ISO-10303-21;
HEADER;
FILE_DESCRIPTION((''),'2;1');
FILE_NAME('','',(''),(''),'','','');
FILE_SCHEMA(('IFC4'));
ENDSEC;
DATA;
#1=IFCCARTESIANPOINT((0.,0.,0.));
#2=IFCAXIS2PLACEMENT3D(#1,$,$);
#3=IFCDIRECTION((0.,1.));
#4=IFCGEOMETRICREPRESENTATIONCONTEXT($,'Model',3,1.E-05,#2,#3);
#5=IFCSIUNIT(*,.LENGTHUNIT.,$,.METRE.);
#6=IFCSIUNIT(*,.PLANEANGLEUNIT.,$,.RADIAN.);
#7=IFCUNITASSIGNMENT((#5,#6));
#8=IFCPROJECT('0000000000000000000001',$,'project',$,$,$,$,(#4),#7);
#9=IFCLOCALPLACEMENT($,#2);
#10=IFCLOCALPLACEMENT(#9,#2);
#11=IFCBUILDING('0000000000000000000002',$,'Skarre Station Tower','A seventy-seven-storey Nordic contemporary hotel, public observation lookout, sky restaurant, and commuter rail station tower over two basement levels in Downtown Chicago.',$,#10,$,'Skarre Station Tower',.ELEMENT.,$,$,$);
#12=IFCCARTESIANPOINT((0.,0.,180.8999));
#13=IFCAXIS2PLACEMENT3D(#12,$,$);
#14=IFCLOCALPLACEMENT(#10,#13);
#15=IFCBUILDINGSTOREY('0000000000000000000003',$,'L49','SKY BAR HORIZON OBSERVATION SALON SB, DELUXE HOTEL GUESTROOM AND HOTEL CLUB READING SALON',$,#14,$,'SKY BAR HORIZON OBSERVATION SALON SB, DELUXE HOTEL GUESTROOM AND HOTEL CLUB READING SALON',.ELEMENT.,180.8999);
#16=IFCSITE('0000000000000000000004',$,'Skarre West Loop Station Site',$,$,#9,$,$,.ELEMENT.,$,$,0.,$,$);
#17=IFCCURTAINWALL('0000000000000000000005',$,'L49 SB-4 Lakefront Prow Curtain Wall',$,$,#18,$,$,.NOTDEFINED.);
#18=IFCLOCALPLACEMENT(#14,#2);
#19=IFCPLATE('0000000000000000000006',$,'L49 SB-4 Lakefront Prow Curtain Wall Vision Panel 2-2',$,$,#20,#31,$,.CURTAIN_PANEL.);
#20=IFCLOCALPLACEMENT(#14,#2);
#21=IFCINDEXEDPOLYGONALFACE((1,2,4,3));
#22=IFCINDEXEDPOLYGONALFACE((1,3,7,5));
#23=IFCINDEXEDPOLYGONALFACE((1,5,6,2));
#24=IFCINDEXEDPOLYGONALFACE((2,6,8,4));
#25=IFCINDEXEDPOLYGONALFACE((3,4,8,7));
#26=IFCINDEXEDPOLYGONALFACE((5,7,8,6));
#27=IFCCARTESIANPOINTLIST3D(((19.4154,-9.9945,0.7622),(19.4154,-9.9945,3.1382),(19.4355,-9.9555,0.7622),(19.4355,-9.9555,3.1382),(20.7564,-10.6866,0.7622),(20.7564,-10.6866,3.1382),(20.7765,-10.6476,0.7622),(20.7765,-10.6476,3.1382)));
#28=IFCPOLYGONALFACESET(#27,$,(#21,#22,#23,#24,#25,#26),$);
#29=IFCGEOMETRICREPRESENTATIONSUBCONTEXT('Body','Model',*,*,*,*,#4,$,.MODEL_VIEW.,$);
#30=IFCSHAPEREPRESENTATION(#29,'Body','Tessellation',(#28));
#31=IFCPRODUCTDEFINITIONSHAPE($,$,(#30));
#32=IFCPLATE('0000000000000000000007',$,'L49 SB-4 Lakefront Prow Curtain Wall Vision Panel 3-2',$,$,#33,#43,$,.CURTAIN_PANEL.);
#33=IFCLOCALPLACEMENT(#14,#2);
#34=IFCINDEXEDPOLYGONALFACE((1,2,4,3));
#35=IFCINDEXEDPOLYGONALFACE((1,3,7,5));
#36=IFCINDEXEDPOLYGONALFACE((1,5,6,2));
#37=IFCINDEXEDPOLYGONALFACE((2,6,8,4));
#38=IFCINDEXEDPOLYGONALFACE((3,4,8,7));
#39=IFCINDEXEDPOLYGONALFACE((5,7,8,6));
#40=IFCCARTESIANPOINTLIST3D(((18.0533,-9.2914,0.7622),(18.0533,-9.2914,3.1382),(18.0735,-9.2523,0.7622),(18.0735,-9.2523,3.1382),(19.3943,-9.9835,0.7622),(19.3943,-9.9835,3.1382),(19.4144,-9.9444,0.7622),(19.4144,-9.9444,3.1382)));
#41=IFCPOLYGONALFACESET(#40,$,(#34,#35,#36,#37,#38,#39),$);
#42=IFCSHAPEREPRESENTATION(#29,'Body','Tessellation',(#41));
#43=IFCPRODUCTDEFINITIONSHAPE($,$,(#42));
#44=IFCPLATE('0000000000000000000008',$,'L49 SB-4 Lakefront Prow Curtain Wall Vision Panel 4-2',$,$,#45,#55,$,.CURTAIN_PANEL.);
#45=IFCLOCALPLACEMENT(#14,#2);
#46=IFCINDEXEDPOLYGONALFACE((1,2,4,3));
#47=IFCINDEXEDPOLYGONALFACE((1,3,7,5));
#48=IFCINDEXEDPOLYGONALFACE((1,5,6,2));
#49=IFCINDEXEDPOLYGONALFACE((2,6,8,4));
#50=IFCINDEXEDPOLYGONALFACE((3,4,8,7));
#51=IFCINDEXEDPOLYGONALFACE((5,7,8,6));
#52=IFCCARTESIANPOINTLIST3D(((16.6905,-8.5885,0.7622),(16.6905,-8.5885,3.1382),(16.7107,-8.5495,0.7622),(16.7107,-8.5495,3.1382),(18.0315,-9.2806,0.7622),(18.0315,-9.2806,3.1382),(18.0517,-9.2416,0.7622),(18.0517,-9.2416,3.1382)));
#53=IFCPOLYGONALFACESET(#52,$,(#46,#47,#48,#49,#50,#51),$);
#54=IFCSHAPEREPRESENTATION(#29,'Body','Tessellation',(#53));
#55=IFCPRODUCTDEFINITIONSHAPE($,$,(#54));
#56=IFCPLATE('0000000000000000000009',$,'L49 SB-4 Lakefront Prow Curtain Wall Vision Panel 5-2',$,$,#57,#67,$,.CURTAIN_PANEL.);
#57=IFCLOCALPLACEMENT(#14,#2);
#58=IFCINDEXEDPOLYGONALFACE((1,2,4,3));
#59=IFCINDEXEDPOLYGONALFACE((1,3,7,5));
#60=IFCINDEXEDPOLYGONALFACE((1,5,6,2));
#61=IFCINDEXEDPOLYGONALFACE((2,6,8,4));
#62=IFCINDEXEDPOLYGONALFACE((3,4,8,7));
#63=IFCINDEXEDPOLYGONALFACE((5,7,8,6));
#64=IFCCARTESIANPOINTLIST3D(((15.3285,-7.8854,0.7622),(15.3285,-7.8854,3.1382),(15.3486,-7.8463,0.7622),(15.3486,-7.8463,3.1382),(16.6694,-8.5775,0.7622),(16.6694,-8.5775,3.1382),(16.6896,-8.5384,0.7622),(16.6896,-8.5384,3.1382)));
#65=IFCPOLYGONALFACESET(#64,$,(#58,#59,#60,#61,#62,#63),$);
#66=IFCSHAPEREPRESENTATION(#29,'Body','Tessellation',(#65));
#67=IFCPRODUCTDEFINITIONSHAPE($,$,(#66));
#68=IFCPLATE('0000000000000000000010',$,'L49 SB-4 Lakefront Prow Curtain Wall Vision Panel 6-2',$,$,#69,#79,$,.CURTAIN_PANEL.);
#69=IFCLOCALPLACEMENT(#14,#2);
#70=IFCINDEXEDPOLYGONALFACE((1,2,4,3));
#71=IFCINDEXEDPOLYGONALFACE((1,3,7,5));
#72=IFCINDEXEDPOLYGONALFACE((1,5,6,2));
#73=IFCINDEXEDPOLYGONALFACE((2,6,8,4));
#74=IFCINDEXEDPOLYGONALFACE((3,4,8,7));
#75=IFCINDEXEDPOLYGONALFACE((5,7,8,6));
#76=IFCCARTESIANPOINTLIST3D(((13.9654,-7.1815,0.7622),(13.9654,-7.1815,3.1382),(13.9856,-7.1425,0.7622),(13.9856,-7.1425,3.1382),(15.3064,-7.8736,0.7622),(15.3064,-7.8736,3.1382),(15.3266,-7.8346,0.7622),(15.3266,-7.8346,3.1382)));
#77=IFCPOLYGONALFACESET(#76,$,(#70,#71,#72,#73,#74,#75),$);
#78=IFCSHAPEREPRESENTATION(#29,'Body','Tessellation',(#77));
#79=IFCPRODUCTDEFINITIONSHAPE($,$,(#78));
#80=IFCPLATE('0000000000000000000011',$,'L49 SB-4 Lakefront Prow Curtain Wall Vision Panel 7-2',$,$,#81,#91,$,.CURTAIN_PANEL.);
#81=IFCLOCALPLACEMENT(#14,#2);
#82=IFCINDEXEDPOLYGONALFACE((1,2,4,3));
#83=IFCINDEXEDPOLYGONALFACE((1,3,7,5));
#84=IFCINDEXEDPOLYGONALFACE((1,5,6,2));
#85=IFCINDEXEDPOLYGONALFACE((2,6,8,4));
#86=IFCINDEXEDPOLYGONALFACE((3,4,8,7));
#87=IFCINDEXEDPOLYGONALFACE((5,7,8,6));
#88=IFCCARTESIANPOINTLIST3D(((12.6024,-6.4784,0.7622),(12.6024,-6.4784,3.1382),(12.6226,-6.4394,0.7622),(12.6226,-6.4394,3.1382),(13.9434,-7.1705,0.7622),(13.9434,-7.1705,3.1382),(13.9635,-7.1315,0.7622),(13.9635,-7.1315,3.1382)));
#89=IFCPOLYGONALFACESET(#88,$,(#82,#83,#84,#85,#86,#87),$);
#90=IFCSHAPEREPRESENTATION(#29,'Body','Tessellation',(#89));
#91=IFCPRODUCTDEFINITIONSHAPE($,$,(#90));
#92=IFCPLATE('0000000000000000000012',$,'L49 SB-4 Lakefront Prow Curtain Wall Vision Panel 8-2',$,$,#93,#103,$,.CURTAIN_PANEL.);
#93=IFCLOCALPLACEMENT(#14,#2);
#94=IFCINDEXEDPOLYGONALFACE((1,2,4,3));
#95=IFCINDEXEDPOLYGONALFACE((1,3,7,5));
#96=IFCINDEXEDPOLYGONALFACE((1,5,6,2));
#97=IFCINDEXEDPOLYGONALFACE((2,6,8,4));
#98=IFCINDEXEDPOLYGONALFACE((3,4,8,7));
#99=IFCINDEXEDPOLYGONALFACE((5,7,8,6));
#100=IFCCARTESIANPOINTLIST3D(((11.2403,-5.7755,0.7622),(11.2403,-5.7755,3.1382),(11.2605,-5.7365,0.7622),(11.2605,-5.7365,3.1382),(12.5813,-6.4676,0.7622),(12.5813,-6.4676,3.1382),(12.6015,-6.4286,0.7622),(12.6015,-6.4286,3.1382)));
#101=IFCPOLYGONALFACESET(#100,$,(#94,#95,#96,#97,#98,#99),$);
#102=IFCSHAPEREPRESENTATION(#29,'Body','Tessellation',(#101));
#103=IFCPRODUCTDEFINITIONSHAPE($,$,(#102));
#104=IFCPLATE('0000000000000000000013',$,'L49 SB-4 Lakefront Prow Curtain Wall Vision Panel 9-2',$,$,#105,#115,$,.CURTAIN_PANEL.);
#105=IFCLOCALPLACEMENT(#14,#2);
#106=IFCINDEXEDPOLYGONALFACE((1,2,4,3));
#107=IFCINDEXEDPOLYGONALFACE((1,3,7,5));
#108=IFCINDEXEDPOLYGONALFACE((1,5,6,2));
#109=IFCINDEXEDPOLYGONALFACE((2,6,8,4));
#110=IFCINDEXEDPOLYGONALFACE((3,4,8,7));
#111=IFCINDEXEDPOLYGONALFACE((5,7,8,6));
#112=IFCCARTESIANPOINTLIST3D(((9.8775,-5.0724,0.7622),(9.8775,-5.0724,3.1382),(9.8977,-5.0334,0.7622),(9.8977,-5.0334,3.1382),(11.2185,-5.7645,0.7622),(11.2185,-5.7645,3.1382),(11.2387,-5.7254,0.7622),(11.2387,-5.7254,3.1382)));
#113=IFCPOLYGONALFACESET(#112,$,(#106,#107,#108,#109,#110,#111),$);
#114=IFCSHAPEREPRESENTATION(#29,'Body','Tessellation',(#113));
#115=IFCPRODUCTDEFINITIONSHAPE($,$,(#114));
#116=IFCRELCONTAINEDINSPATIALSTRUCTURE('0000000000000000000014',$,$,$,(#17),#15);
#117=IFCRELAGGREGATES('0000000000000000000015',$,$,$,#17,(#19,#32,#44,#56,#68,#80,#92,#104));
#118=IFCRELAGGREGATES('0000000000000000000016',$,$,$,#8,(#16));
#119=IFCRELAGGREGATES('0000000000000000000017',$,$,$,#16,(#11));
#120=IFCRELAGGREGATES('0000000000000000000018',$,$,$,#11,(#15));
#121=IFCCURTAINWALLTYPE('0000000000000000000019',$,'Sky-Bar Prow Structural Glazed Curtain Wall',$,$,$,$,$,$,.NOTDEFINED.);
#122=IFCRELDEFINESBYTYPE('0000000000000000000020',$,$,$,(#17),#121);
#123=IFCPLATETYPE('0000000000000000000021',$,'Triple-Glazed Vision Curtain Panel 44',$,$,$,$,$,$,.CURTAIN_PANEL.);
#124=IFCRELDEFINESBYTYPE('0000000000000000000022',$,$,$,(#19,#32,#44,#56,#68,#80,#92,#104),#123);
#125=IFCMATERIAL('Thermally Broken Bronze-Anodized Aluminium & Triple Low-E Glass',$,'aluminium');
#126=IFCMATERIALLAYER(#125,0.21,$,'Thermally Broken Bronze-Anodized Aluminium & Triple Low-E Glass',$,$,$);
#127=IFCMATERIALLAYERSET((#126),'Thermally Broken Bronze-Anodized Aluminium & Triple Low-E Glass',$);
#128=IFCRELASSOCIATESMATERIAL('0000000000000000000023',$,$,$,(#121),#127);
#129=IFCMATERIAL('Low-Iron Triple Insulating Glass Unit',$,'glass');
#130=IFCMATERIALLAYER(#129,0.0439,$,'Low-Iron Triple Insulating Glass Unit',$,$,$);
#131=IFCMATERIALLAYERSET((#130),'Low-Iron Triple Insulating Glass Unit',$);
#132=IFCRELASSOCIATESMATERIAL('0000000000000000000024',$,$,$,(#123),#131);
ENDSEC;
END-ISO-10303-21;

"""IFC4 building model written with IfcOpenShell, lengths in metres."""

from ifc_helpers import new_model, si_unit, direction, frame, origin, origin_2d, place, context, subcontext, project, spatial, rectangle, extrude, material, layer, layer_set, type_object, element, aggregate, save


model = new_model("IFC4")

# Units and contexts
model_context = context("Model", 3, precision=1e-05, world=origin(), true_north=direction((0.0, 1.0)))
body_context = subcontext(model_context, "Body", "Model", "MODEL_VIEW")
ifc_project = project(units=[si_unit("LENGTHUNIT", "METRE"), si_unit("PLANEANGLEUNIT", "RADIAN")], contexts=[model_context])

# Site, building, storey
site_placement = place(None, origin())
site = spatial("IfcSite", under=ifc_project, at=site_placement, Name="Skarre West Loop Station Site", CompositionType="ELEMENT", RefElevation=0.0)
building_placement = place(site_placement, origin())
building = spatial("IfcBuilding", under=site, at=building_placement, Name="Skarre Station Tower", Description="A seventy-seven-storey Nordic contemporary hotel, public observation lookout, sky restaurant, and commuter rail station tower over two basement levels in Downtown Chicago.", LongName="Skarre Station Tower", CompositionType="ELEMENT")
storey_placement = place(building_placement, frame((0.0, 0.0, 180.8999)))
storey = spatial("IfcBuildingStorey", under=building, at=storey_placement, Name="L49", Description="SKY BAR HORIZON OBSERVATION SALON SB, DELUXE HOTEL GUESTROOM AND HOTEL CLUB READING SALON", LongName="SKY BAR HORIZON OBSERVATION SALON SB, DELUXE HOTEL GUESTROOM AND HOTEL CLUB READING SALON", CompositionType="ELEMENT", Elevation=180.8999)

# Curtain wall, plates
ifc_material_1 = material(Name="Thermally Broken Bronze-Anodized Aluminium & Triple Low-E Glass", Category="aluminium")
ifc_layer_1 = layer(ifc_material_1, 0.21, Name="Thermally Broken Bronze-Anodized Aluminium & Triple Low-E Glass")
ifc_layer_set_1 = layer_set([ifc_layer_1], Name="Thermally Broken Bronze-Anodized Aluminium & Triple Low-E Glass")
curtain_wall_type = type_object("IfcCurtainWallType", Name="Sky-Bar Prow Structural Glazed Curtain Wall", PredefinedType="NOTDEFINED", material=ifc_layer_set_1)
curtain_wall_placement = place(storey_placement, origin())
curtain_wall = element("IfcCurtainWall", 1, at=curtain_wall_placement, inside=storey, type_object=curtain_wall_type, Name="L49 SB-4 Lakefront Prow Curtain Wall", PredefinedType="NOTDEFINED")
ifc_material_2 = material(Name="Low-Iron Triple Insulating Glass Unit", Category="glass")
ifc_layer_2 = layer(ifc_material_2, 0.0439, Name="Low-Iron Triple Insulating Glass Unit")
ifc_layer_set_2 = layer_set([ifc_layer_2], Name="Low-Iron Triple Insulating Glass Unit")
plate_type_1 = type_object("IfcPlateType", Name="Triple-Glazed Vision Curtain Panel 44", PredefinedType="CURTAIN_PANEL", material=ifc_layer_set_2)
plate_1_placement = place(storey_placement, frame((20.0959, -10.321, 0.7622), z_axis=(0.0, 0.0, 1.0), x_axis=(-0.888625, 0.458634, 0.0)))
plate_1 = element("IfcPlate", 2, at=plate_1_placement, type_object=plate_type_1, Name="L49 SB-4 Lakefront Prow Curtain Wall Vision Panel 2-2", PredefinedType="CURTAIN_PANEL", context=body_context, shape_type="SweptSolid", body=[
    extrude(rectangle(XDim=1.509, YDim=0.0439, at=origin_2d()), origin(), (0.0, 0.0, 1.0), 2.376),
])
plate_2_placement = place(storey_placement, frame((18.7339, -9.6179, 0.7622), z_axis=(0.0, 0.0, 1.0), x_axis=(-0.888625, 0.458634, 0.0)))
plate_2 = element("IfcPlate", 3, at=plate_2_placement, type_object=plate_type_1, Name="L49 SB-4 Lakefront Prow Curtain Wall Vision Panel 3-2", PredefinedType="CURTAIN_PANEL", context=body_context, shape_type="SweptSolid", body=[
    extrude(rectangle(XDim=1.509, YDim=0.0439, at=origin_2d()), origin(), (0.0, 0.0, 1.0), 2.376),
])
plate_3_placement = place(storey_placement, frame((17.3711, -8.915, 0.7622), z_axis=(0.0, 0.0, 1.0), x_axis=(-0.888625, 0.458634, 0.0)))
plate_3 = element("IfcPlate", 4, at=plate_3_placement, type_object=plate_type_1, Name="L49 SB-4 Lakefront Prow Curtain Wall Vision Panel 4-2", PredefinedType="CURTAIN_PANEL", context=body_context, shape_type="SweptSolid", body=[
    extrude(rectangle(XDim=1.509, YDim=0.0439, at=origin_2d()), origin(), (0.0, 0.0, 1.0), 2.376),
])
plate_4_placement = place(storey_placement, frame((16.009, -8.2119, 0.7622), z_axis=(0.0, 0.0, 1.0), x_axis=(-0.888625, 0.458634, 0.0)))
plate_4 = element("IfcPlate", 5, at=plate_4_placement, type_object=plate_type_1, Name="L49 SB-4 Lakefront Prow Curtain Wall Vision Panel 5-2", PredefinedType="CURTAIN_PANEL", context=body_context, shape_type="SweptSolid", body=[
    extrude(rectangle(XDim=1.509, YDim=0.0439, at=origin_2d()), origin(), (0.0, 0.0, 1.0), 2.376),
])
plate_5_placement = place(storey_placement, frame((14.646, -7.5081, 0.7622), z_axis=(0.0, 0.0, 1.0), x_axis=(-0.888625, 0.458634, 0.0)))
plate_5 = element("IfcPlate", 6, at=plate_5_placement, type_object=plate_type_1, Name="L49 SB-4 Lakefront Prow Curtain Wall Vision Panel 6-2", PredefinedType="CURTAIN_PANEL", context=body_context, shape_type="SweptSolid", body=[
    extrude(rectangle(XDim=1.509, YDim=0.0439, at=origin_2d()), origin(), (0.0, 0.0, 1.0), 2.376),
])
plate_6_placement = place(storey_placement, frame((13.283, -6.8049, 0.7622), z_axis=(0.0, 0.0, 1.0), x_axis=(-0.888625, 0.458634, 0.0)))
plate_6 = element("IfcPlate", 7, at=plate_6_placement, type_object=plate_type_1, Name="L49 SB-4 Lakefront Prow Curtain Wall Vision Panel 7-2", PredefinedType="CURTAIN_PANEL", context=body_context, shape_type="SweptSolid", body=[
    extrude(rectangle(XDim=1.509, YDim=0.0439, at=origin_2d()), origin(), (0.0, 0.0, 1.0), 2.376),
])
plate_7_placement = place(storey_placement, frame((11.9209, -6.1021, 0.7622), z_axis=(0.0, 0.0, 1.0), x_axis=(-0.888625, 0.458634, 0.0)))
plate_7 = element("IfcPlate", 8, at=plate_7_placement, type_object=plate_type_1, Name="L49 SB-4 Lakefront Prow Curtain Wall Vision Panel 8-2", PredefinedType="CURTAIN_PANEL", context=body_context, shape_type="SweptSolid", body=[
    extrude(rectangle(XDim=1.509, YDim=0.0439, at=origin_2d()), origin(), (0.0, 0.0, 1.0), 2.376),
])
plate_8_placement = place(storey_placement, frame((10.5581, -5.3989, 0.7622), z_axis=(0.0, 0.0, 1.0), x_axis=(-0.888625, 0.458634, 0.0)))
plate_8 = element("IfcPlate", 9, at=plate_8_placement, type_object=plate_type_1, Name="L49 SB-4 Lakefront Prow Curtain Wall Vision Panel 9-2", PredefinedType="CURTAIN_PANEL", context=body_context, shape_type="SweptSolid", body=[
    extrude(rectangle(XDim=1.509, YDim=0.0439, at=origin_2d()), origin(), (0.0, 0.0, 1.0), 2.376),
])
aggregate(curtain_wall, [plate_1, plate_2, plate_3, plate_4, plate_5, plate_6, plate_7, plate_8])

save(model, "model.ifc")
